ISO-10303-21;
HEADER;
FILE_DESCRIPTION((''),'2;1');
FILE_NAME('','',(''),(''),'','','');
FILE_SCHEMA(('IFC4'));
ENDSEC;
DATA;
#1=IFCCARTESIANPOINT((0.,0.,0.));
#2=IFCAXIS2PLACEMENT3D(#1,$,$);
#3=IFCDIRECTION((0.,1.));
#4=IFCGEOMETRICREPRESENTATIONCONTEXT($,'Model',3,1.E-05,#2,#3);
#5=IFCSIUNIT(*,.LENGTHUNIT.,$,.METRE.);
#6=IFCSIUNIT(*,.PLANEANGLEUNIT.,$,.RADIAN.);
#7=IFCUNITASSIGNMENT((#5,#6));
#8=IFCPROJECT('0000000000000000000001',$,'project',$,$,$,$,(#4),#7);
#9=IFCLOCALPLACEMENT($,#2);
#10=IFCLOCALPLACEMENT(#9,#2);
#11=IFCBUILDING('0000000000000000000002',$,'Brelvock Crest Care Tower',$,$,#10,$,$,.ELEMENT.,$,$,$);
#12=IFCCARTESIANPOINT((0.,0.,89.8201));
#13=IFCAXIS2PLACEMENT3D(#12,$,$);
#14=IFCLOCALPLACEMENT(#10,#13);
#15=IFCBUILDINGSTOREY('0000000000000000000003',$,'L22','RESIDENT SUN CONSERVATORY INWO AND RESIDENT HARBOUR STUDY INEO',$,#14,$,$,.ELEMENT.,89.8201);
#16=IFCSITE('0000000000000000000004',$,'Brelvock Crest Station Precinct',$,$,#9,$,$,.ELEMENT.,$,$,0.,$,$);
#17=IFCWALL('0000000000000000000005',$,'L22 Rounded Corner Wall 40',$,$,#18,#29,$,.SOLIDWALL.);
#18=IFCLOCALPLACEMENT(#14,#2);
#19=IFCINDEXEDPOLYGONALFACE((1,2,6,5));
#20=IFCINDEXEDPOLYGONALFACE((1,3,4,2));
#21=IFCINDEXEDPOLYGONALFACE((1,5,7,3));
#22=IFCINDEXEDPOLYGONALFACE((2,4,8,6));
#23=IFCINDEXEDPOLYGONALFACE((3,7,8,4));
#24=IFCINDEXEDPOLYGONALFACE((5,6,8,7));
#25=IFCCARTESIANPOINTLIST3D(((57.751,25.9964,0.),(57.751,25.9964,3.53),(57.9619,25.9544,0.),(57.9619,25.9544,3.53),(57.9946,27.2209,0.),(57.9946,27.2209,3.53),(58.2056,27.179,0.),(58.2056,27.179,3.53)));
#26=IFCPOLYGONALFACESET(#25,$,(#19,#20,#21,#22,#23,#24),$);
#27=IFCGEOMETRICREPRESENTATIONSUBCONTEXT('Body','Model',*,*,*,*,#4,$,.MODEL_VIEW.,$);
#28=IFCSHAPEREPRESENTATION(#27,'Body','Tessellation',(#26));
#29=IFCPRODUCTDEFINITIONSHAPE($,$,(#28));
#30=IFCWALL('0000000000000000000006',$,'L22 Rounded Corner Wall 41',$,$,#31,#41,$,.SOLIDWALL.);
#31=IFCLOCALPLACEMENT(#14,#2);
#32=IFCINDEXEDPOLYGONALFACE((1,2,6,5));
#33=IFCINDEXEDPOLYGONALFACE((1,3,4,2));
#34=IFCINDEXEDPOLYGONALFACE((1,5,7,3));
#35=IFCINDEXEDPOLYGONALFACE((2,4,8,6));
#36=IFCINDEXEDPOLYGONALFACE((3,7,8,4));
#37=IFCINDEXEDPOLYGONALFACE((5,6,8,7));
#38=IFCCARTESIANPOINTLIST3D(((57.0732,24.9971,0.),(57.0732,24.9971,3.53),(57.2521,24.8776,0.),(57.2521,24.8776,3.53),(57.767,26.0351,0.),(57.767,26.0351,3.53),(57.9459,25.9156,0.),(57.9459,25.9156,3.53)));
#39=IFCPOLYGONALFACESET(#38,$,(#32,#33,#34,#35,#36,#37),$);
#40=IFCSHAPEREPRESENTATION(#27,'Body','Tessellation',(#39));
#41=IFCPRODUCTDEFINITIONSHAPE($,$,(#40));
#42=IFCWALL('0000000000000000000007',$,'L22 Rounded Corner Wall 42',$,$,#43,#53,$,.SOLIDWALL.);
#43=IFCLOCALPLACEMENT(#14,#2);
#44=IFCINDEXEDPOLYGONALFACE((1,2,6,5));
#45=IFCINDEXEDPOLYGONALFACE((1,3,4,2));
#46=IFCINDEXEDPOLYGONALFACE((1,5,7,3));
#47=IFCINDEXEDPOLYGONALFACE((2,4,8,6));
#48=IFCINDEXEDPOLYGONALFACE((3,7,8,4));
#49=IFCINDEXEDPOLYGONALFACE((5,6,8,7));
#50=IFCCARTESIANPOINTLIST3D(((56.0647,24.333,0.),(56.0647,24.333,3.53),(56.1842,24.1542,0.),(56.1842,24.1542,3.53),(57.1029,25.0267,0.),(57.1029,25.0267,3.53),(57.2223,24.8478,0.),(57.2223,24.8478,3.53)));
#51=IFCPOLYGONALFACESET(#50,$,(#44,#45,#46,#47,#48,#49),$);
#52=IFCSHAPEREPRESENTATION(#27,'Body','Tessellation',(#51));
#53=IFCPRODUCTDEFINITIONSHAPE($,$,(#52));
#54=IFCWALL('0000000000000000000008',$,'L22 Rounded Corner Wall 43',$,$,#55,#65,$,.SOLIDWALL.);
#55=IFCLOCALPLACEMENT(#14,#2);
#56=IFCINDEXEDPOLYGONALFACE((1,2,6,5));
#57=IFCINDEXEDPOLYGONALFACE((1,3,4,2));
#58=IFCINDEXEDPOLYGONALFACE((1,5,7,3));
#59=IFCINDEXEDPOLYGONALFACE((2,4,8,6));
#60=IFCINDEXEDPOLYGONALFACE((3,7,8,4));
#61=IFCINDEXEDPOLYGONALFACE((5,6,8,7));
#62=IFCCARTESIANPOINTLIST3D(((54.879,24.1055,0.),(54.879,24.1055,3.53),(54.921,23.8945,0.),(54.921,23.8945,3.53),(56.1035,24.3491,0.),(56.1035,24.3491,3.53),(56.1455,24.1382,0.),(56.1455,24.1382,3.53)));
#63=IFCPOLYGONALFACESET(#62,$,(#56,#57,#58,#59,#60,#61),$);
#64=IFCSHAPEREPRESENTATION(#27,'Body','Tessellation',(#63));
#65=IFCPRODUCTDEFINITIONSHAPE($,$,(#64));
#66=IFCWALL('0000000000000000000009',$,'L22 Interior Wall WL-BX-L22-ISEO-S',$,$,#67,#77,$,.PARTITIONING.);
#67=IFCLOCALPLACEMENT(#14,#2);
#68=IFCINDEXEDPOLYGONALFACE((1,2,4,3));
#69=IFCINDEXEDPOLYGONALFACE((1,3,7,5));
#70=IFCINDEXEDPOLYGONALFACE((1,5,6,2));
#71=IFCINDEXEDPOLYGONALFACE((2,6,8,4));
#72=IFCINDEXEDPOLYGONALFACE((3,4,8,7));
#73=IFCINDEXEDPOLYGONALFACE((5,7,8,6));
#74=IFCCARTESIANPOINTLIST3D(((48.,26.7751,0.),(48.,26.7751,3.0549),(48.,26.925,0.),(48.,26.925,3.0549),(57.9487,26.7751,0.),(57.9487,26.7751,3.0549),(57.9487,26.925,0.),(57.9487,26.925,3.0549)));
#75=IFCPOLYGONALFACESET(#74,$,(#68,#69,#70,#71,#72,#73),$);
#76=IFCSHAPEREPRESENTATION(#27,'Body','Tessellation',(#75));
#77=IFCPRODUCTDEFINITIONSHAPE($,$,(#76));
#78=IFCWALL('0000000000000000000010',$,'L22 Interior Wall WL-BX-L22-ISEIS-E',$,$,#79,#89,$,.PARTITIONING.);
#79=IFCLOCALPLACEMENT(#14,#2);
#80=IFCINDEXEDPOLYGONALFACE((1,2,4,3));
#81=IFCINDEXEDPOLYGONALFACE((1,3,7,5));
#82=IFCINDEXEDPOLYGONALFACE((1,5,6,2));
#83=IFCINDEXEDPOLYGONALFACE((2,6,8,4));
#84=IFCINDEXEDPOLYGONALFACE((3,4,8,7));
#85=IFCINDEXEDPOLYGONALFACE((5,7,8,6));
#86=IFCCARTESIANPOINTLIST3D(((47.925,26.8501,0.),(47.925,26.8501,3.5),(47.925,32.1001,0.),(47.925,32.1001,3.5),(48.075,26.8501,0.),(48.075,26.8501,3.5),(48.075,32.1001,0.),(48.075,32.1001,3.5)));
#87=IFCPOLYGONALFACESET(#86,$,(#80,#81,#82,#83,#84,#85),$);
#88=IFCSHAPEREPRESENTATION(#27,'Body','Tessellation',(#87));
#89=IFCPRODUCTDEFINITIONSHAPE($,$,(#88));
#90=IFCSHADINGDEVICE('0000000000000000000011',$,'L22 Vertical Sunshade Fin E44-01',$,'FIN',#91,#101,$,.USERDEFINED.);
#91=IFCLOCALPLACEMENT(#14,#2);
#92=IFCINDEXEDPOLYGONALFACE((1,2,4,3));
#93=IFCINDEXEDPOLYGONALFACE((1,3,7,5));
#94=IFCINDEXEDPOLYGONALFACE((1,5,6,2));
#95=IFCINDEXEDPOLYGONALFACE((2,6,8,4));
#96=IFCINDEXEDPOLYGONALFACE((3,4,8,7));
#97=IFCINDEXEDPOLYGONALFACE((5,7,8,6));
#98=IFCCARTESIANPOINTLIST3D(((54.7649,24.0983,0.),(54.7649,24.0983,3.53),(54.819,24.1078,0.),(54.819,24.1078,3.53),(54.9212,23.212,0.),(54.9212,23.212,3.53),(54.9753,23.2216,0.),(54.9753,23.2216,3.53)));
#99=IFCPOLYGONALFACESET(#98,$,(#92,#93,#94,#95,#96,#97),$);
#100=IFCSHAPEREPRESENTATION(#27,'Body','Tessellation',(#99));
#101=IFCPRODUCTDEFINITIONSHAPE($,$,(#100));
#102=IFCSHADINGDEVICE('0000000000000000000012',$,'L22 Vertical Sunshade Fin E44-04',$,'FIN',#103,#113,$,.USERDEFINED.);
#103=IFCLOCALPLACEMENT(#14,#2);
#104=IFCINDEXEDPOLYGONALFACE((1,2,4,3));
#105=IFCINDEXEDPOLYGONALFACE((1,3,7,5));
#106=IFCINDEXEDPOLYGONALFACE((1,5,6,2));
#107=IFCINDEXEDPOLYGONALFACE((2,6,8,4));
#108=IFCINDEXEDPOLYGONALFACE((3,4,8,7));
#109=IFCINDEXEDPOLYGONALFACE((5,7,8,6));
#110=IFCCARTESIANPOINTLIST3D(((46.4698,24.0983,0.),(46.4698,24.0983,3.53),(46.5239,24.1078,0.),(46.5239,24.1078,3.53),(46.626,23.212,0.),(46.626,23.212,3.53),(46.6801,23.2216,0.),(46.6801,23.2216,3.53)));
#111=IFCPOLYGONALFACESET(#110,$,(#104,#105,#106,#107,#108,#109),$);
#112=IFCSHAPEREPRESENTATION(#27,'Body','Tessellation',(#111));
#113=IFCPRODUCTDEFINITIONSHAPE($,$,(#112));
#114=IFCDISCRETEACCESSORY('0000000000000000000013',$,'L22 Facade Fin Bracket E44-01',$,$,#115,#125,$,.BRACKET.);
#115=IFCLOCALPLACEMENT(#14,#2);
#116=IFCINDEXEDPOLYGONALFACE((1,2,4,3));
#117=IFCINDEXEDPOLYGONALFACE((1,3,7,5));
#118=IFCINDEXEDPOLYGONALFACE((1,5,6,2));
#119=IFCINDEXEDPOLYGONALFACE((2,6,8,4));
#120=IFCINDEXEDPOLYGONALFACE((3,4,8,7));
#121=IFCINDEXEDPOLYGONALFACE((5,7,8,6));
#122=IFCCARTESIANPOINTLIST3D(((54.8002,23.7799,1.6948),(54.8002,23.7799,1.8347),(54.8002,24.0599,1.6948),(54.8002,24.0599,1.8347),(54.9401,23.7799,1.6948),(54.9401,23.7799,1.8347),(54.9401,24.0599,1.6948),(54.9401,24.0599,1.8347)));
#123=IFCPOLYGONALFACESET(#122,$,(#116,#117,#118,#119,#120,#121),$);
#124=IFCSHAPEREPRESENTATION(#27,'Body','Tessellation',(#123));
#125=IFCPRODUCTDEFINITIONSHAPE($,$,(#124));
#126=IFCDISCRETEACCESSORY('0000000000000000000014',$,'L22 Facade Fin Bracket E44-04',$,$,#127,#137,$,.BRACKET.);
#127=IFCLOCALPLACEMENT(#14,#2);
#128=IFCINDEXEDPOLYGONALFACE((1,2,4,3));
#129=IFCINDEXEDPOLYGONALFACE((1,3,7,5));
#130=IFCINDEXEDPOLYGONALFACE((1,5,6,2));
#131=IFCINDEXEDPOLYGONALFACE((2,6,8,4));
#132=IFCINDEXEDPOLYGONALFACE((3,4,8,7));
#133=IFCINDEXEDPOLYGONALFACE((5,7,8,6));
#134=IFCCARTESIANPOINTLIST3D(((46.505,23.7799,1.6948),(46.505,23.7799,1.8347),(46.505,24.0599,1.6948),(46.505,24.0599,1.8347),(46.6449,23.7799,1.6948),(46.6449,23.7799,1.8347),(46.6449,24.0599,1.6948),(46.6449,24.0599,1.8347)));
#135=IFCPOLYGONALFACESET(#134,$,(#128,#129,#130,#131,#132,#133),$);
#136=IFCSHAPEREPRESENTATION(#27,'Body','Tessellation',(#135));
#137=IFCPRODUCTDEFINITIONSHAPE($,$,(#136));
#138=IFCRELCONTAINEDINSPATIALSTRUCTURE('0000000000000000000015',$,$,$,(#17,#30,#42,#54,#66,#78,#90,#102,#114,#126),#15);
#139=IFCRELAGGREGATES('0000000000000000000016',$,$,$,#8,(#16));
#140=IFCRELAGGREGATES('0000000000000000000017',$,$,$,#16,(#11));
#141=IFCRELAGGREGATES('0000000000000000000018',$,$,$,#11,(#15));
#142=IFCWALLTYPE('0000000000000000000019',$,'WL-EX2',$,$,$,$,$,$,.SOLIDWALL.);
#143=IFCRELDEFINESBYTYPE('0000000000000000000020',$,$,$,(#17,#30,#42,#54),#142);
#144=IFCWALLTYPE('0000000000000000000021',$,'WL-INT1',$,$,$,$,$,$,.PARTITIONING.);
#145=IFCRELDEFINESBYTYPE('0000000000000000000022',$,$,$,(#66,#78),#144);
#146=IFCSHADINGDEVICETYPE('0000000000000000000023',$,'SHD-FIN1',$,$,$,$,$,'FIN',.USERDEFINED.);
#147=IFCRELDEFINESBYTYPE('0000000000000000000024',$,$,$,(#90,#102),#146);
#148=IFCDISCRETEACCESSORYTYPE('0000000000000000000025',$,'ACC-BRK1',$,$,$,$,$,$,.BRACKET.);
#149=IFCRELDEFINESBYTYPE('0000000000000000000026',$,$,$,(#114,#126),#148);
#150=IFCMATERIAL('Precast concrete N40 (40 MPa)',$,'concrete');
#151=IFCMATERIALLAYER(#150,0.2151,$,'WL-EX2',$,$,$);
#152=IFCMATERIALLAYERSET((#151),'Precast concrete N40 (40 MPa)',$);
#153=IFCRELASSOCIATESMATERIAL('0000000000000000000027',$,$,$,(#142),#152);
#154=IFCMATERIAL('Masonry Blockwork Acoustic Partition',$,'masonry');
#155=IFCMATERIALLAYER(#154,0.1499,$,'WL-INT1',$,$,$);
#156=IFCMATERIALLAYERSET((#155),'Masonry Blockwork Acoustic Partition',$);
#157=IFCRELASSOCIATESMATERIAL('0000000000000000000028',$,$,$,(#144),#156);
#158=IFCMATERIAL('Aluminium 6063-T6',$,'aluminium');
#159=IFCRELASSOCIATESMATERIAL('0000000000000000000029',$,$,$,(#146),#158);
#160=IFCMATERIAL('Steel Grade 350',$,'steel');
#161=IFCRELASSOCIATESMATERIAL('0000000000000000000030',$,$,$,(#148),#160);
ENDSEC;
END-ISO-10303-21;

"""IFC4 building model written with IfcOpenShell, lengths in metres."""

from ifc_helpers import new_model, si_unit, direction, frame, frame_2d, origin, origin_2d, place, context, subcontext, project, spatial, rectangle, extrude, source, transform, mapped, material, layer, layer_set, material_profile, profile_set, type_object, element, save


model = new_model("IFC4")

# Units and contexts
model_context = context("Model", 3, precision=1e-05, world=origin(), true_north=direction((0.0, 1.0)))
body_context = subcontext(model_context, "Body", "Model", "MODEL_VIEW")
ifc_project = project(units=[si_unit("LENGTHUNIT", "METRE"), si_unit("PLANEANGLEUNIT", "RADIAN")], contexts=[model_context])

# Site, building, storey
site_placement = place(None, origin())
site = spatial("IfcSite", under=ifc_project, at=site_placement, Name="Brelvock Crest Station Precinct", CompositionType="ELEMENT", RefElevation=0.0)
building_placement = place(site_placement, origin())
building = spatial("IfcBuilding", under=site, at=building_placement, Name="Brelvock Crest Care Tower", CompositionType="ELEMENT")
storey_placement = place(building_placement, frame((0.0, 0.0, 89.8201)))
storey = spatial("IfcBuildingStorey", under=building, at=storey_placement, Name="L22", Description="RESIDENT SUN CONSERVATORY INWO AND RESIDENT HARBOUR STUDY INEO", CompositionType="ELEMENT", Elevation=89.8201)

# Shared definitions
ifc_material_1 = material(Name="Steel Grade 350", Category="steel")

# Shared definitions
ifc_material_2 = material(Name="Aluminium 6063-T6", Category="aluminium")

# Walls
ifc_material_3 = material(Name="Precast concrete N40 (40 MPa)", Category="concrete")
ifc_layer_1 = layer(ifc_material_3, 0.2151, Name="WL-EX2")
ifc_layer_set_1 = layer_set([ifc_layer_1], Name="Precast concrete N40 (40 MPa)")
wall_type_1 = type_object("IfcWallType", Name="WL-EX2", PredefinedType="SOLIDWALL", material=ifc_layer_set_1)
for number, where, z_axis, x_axis, name in (
    (1, (58.1001, 27.2, 0.0), (0.0, 0.0, 1.0), (-0.195138, -0.980776, 0.0), "L22 Rounded Corner Wall 40"),
    (2, (57.8564, 25.9753, 0.0), (0.0, 0.0, 1.0), (-0.555692, -0.831388, 0.0), "L22 Rounded Corner Wall 41"),
    (3, (57.1626, 24.9373, 0.0), (0.0, 0.0, 1.0), (-0.831478, -0.555557, 0.0), "L22 Rounded Corner Wall 42"),
    (4, (56.1245, 24.2437, 0.0), (0.0, 0.0, 1.0), (-0.980776, -0.195138, 0.0), "L22 Rounded Corner Wall 43"),
):
    element("IfcWall", number, at=place(storey_placement, frame(where, z_axis=z_axis, x_axis=x_axis)), inside=storey, type_object=wall_type_1, Name=name, PredefinedType="SOLIDWALL", context=body_context, shape_type="SweptSolid", body=[
        extrude(rectangle(XDim=1.2485, YDim=0.2151, at=frame_2d((0.6243, 0.0))), origin(), (0.0, 0.0, 1.0), 3.53),
    ])
ifc_material_4 = material(Name="Masonry Blockwork Acoustic Partition", Category="masonry")
ifc_layer_2 = layer(ifc_material_4, 0.1499, Name="WL-INT1")
ifc_layer_set_2 = layer_set([ifc_layer_2], Name="Masonry Blockwork Acoustic Partition")
wall_type_2 = type_object("IfcWallType", Name="WL-INT1", PredefinedType="PARTITIONING", material=ifc_layer_set_2)
wall_1_placement = place(storey_placement, frame((48.0, 26.8501, 0.0), z_axis=(0.0, 0.0, 1.0), x_axis=(1.0, 0.0, 0.0)))
element("IfcWall", 5, at=wall_1_placement, inside=storey, type_object=wall_type_2, Name="L22 Interior Wall WL-BX-L22-ISEO-S", PredefinedType="PARTITIONING", context=body_context, shape_type="SweptSolid", body=[
    extrude(rectangle(XDim=9.9487, YDim=0.1499, at=frame_2d((4.9744, 0.0))), origin(), (0.0, 0.0, 1.0), 3.0549),
])
wall_2_placement = place(storey_placement, frame((48.0, 26.8501, 0.0), z_axis=(0.0, 0.0, 1.0), x_axis=(0.0, 1.0, 0.0)))
element("IfcWall", 6, at=wall_2_placement, inside=storey, type_object=wall_type_2, Name="L22 Interior Wall WL-BX-L22-ISEIS-E", PredefinedType="PARTITIONING", context=body_context, shape_type="SweptSolid", body=[
    extrude(rectangle(XDim=5.25, YDim=0.1499, at=frame_2d((2.625, 0.0))), origin(), (0.0, 0.0, 1.0), 3.5),
])

# Shading devices
ifc_material_profile_1 = material_profile(ifc_material_2, rectangle(XDim=0.0549, YDim=0.8999, at=origin_2d()), Name="FIN55x900")
ifc_profile_set_1 = profile_set([ifc_material_profile_1], Name="Aluminium 6063-T6")
shading_device_type = type_object("IfcShadingDeviceType", Name="SHD-FIN1", ElementType="FIN", PredefinedType="USERDEFINED", material=ifc_profile_set_1)
shared_shape_1 = source(origin(), body_context, "Body", "SweptSolid", [
    extrude(rectangle(XDim=0.0549, YDim=0.8999, at=origin_2d()), origin(), (0.0, 0.0, 1.0), 3.53),
])
for number, where, z_axis, x_axis, name in (
    (7, (54.8701, 23.6599, 0.0), (0.0, 0.0, 1.0), (-0.984808, -0.173648, 0.0), "L22 Vertical Sunshade Fin E44-01"),
    (8, (46.575, 23.6599, 0.0), (0.0, 0.0, 1.0), (-0.984808, -0.173648, 0.0), "L22 Vertical Sunshade Fin E44-04"),
):
    element("IfcShadingDevice", number, at=place(storey_placement, frame(where, z_axis=z_axis, x_axis=x_axis)), inside=storey, type_object=shading_device_type, Name=name, ObjectType="FIN", PredefinedType="USERDEFINED", context=body_context, shape_type="MappedRepresentation", body=[
        mapped(shared_shape_1, transform((0.0, 0.0, 0.0), x_axis=(1.0, 0.0, 0.0), y_axis=(0.0, 1.0, 0.0), z_axis=(0.0, 0.0, 1.0), scale=1.0)),
    ])

# Discrete accessories
discrete_accessory_type = type_object("IfcDiscreteAccessoryType", Name="ACC-BRK1", PredefinedType="BRACKET", material=ifc_material_1)
shared_shape_2 = source(origin(), body_context, "Body", "SweptSolid", [
    extrude(rectangle(XDim=0.28, YDim=0.1399, at=origin_2d()), origin(), (0.0, 0.0, 1.0), 0.1399),
])
for number, where, z_axis, x_axis, name in (
    (9, (54.8701, 23.9199, 1.6948), (0.0, 0.0, 1.0), (0.0, -1.0, 0.0), "L22 Facade Fin Bracket E44-01"),
    (10, (46.575, 23.9199, 1.6948), (0.0, 0.0, 1.0), (0.0, -1.0, 0.0), "L22 Facade Fin Bracket E44-04"),
):
    element("IfcDiscreteAccessory", number, at=place(storey_placement, frame(where, z_axis=z_axis, x_axis=x_axis)), inside=storey, type_object=discrete_accessory_type, Name=name, PredefinedType="BRACKET", context=body_context, shape_type="MappedRepresentation", body=[
        mapped(shared_shape_2, transform((0.0, 0.0, 0.0), x_axis=(1.0, 0.0, 0.0), y_axis=(0.0, 1.0, 0.0), z_axis=(0.0, 0.0, 1.0), scale=1.0)),
    ])

save(model, "model.ifc")
